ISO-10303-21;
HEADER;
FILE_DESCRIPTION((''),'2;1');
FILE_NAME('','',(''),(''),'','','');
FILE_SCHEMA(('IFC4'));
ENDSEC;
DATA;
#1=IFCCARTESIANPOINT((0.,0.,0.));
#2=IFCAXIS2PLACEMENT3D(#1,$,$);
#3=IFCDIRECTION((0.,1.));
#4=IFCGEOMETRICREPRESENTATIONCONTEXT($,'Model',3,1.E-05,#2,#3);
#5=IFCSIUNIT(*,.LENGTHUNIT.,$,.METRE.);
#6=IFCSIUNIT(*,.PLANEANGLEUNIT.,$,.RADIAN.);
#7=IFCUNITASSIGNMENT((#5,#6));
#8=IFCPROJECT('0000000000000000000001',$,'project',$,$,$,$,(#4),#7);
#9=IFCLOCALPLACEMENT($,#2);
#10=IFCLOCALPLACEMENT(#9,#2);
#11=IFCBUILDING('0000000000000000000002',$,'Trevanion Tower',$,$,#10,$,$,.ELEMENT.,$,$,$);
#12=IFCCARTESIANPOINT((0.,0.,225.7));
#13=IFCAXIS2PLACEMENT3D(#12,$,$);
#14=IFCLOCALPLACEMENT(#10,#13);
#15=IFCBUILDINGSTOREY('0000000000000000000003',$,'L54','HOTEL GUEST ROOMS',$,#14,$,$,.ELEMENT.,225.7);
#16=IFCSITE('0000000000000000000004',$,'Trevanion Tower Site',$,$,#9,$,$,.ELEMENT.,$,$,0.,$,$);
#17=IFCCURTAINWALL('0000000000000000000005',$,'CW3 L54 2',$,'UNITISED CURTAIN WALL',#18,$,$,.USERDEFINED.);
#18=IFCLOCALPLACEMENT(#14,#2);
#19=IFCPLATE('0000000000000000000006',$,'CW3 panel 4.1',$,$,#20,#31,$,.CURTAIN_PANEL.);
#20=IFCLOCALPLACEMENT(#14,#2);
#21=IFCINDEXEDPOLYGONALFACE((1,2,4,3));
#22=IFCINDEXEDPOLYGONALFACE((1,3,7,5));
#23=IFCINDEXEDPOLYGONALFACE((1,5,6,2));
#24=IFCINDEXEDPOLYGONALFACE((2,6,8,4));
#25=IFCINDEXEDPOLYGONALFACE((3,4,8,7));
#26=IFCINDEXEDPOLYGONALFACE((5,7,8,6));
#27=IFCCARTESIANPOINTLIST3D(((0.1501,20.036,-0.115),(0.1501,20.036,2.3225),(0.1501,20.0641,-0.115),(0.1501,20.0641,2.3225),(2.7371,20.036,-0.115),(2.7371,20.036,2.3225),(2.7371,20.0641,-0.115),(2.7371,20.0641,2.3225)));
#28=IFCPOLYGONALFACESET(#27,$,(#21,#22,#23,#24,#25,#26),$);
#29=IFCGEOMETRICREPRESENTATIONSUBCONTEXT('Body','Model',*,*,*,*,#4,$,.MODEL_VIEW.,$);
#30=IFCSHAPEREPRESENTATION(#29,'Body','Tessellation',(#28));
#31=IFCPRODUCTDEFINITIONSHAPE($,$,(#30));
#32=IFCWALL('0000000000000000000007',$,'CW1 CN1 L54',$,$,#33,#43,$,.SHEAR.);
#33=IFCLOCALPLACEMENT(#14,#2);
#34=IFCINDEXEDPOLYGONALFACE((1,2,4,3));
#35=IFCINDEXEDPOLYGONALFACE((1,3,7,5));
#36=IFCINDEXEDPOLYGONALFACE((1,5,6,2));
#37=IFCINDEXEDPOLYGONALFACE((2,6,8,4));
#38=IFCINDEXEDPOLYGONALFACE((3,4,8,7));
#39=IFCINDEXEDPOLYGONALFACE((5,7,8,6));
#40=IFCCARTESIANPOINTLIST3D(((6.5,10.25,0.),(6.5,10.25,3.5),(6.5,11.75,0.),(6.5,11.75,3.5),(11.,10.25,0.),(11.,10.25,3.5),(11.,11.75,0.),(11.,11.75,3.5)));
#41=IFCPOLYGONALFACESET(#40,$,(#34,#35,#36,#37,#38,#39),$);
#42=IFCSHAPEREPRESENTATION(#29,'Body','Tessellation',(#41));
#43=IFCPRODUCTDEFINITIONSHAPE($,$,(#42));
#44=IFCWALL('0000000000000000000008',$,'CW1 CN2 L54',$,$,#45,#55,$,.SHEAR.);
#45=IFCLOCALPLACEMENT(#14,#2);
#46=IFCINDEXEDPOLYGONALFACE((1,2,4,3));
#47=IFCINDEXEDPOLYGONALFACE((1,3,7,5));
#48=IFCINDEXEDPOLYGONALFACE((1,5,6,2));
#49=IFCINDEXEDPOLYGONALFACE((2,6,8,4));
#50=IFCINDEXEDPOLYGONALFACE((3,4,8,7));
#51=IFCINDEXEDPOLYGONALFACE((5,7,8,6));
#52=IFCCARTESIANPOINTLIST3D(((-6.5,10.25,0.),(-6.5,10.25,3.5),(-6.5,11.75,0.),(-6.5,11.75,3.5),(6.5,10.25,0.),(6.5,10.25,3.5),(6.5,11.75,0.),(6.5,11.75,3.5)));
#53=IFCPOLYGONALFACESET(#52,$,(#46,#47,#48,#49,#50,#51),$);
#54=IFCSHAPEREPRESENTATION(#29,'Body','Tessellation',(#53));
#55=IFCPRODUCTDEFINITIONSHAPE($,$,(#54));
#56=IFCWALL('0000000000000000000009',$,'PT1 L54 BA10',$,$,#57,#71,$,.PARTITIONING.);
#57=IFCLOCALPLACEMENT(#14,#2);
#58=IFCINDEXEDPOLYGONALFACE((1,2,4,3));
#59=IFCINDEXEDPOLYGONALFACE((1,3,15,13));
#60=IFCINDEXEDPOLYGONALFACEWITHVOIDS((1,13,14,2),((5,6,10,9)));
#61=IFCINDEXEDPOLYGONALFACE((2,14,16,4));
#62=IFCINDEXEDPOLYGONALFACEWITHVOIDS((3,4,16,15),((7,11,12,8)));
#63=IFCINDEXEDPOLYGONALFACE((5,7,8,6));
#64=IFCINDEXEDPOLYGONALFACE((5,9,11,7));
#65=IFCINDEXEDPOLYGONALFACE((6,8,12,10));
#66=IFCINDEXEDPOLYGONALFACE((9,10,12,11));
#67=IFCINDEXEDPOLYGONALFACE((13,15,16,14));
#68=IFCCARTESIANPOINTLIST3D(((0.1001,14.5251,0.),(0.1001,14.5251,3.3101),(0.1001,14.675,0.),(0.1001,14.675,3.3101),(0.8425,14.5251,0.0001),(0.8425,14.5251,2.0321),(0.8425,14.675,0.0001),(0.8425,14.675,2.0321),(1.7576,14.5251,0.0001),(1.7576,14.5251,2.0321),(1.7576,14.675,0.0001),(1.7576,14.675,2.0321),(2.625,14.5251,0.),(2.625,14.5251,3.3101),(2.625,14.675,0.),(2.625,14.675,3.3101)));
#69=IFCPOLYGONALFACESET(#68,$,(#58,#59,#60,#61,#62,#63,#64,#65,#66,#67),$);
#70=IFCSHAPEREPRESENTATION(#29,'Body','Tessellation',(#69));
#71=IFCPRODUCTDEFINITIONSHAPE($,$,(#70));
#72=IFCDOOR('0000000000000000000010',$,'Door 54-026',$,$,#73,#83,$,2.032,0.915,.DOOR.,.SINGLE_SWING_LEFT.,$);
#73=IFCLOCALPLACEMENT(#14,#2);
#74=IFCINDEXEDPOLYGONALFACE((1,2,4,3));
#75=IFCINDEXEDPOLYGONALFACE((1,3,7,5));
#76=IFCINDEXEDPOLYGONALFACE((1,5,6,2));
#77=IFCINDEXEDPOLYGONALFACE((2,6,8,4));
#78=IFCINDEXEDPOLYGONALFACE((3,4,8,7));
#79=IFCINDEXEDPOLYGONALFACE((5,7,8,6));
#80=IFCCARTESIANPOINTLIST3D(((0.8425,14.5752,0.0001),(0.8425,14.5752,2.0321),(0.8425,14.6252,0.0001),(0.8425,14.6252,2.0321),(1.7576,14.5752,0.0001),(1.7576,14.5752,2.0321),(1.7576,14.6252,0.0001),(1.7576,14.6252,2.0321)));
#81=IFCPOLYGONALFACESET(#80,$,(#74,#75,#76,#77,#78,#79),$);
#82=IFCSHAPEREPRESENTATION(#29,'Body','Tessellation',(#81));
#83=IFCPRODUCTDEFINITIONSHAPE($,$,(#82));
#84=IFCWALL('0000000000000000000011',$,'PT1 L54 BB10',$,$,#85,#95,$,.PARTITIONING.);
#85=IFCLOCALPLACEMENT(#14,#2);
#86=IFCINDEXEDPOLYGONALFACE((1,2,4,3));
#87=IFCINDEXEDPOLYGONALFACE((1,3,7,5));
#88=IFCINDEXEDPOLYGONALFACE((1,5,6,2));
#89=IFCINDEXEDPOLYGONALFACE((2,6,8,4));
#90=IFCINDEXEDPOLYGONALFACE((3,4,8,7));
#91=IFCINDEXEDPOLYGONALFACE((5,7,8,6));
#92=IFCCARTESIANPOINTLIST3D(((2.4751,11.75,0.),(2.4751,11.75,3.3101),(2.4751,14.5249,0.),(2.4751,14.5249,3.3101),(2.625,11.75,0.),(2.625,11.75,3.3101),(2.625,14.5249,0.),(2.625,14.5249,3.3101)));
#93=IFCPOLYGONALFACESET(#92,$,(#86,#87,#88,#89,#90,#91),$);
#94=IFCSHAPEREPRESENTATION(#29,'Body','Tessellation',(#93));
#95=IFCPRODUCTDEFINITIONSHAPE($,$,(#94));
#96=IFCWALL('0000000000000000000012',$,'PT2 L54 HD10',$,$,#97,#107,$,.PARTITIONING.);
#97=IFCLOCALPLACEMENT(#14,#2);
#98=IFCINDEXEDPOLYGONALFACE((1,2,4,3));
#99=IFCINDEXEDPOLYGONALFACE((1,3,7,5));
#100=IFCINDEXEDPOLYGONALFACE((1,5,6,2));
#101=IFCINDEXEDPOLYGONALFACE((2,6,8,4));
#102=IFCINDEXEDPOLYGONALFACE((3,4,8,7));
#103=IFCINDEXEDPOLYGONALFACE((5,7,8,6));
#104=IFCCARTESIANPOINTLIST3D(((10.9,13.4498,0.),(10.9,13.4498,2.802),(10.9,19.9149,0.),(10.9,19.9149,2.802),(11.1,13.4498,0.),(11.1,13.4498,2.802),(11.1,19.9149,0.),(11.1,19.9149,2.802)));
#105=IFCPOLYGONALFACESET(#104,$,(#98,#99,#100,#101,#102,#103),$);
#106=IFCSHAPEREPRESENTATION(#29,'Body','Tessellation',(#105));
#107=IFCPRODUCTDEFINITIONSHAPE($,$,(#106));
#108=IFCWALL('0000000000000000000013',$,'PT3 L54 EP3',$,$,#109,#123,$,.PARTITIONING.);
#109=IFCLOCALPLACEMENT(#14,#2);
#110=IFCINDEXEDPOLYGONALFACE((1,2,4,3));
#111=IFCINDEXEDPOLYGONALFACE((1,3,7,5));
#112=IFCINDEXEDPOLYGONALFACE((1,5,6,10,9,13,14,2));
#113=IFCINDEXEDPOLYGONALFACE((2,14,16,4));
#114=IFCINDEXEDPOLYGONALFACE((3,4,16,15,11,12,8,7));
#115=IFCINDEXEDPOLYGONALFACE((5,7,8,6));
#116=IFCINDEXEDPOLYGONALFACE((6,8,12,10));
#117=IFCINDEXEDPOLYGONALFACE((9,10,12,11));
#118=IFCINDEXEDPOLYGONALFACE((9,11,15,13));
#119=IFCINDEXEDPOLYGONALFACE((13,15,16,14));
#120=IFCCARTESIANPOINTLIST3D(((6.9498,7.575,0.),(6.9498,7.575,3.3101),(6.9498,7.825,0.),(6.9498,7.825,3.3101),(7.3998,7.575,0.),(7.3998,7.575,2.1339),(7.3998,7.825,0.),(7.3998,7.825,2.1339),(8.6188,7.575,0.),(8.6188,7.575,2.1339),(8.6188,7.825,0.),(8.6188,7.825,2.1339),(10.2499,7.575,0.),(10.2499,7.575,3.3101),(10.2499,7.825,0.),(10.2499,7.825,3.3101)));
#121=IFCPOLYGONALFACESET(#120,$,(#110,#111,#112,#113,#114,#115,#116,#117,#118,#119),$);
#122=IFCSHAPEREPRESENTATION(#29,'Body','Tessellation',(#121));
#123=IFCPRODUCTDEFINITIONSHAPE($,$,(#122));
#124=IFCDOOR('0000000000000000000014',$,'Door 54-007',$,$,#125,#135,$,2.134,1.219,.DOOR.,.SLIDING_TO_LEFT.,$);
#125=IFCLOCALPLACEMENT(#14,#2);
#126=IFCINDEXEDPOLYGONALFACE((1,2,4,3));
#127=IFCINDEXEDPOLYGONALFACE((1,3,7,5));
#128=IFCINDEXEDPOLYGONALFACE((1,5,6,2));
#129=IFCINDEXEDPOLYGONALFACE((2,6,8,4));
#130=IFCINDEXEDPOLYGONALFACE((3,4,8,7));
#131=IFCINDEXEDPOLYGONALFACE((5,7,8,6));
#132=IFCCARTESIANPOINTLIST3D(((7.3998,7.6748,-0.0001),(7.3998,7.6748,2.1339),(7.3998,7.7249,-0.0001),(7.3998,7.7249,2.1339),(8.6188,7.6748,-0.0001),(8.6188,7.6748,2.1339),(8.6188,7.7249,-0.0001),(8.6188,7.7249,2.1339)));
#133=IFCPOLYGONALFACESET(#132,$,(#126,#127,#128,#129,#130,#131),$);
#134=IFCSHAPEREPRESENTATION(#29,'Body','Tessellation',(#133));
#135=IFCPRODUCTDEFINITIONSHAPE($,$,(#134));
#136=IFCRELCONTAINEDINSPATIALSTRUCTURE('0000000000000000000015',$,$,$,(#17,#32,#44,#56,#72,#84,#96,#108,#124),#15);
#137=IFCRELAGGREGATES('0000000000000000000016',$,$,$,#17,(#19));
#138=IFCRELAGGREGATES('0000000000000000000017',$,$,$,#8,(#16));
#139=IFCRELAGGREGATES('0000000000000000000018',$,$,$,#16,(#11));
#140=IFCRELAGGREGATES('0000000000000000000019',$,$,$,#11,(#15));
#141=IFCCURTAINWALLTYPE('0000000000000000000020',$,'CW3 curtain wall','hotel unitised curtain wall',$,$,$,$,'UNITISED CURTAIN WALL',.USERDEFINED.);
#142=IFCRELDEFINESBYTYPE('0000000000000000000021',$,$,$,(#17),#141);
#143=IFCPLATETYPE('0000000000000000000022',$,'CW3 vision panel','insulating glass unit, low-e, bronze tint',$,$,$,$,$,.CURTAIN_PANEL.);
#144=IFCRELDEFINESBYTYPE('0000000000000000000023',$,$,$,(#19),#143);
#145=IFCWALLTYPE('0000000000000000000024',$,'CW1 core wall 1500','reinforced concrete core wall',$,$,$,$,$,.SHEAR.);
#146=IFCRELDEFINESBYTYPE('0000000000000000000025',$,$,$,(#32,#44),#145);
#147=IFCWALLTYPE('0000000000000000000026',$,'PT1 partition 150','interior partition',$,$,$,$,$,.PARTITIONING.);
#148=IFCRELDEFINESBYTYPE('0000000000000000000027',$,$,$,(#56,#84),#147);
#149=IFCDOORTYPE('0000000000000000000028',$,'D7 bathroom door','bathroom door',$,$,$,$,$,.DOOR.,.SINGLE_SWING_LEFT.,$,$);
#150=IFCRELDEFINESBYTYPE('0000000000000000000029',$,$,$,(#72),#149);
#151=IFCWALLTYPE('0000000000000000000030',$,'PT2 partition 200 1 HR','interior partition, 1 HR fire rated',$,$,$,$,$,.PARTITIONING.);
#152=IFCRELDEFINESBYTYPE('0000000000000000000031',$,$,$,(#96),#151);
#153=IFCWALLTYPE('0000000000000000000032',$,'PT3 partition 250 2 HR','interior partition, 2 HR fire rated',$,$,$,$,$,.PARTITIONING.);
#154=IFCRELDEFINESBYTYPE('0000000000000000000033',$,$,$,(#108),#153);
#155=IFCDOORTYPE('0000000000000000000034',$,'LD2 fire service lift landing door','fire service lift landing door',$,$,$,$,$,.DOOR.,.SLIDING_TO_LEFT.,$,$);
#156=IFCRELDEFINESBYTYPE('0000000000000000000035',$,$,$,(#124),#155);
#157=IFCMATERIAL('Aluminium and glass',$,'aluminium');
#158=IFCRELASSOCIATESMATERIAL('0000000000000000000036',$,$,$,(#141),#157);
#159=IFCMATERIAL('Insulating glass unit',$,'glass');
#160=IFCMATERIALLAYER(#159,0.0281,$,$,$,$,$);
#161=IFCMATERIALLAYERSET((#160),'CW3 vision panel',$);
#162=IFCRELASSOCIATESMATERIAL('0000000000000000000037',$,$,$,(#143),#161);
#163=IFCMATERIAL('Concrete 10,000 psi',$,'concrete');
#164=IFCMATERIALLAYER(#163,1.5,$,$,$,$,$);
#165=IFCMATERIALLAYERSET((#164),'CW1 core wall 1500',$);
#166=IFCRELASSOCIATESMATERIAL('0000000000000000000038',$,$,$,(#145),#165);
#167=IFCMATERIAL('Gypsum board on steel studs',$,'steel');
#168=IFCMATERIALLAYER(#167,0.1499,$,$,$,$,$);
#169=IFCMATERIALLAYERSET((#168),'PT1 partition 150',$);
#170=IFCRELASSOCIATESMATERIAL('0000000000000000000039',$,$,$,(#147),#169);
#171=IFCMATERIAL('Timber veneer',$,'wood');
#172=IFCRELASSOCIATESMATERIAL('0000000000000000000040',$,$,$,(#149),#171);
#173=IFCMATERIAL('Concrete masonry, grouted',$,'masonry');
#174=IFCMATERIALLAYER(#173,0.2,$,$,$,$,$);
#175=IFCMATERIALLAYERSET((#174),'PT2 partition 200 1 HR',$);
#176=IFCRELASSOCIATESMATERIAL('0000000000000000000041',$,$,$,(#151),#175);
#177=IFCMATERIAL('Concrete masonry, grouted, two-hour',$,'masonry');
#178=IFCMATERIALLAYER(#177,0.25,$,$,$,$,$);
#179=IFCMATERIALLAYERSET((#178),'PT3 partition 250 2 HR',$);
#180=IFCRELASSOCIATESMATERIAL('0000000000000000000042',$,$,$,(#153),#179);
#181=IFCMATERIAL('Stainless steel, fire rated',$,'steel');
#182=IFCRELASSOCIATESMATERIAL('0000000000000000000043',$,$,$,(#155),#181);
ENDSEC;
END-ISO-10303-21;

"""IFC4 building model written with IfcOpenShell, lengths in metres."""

from ifc_helpers import new_model, si_unit, direction, frame, frame_2d, origin, origin_2d, place, context, subcontext, project, spatial, rectangle, extrude, material, layer, layer_set, type_object, element, fill, aggregate, save


model = new_model("IFC4")

# Units and contexts
model_context = context("Model", 3, precision=1e-05, world=origin(), true_north=direction((0.0, 1.0)))
body_context = subcontext(model_context, "Body", "Model", "MODEL_VIEW")
ifc_project = project(units=[si_unit("LENGTHUNIT", "METRE"), si_unit("PLANEANGLEUNIT", "RADIAN")], contexts=[model_context])

# Site, building, storey
site_placement = place(None, origin())
site = spatial("IfcSite", under=ifc_project, at=site_placement, Name="Trevanion Tower Site", CompositionType="ELEMENT", RefElevation=0.0)
building_placement = place(site_placement, origin())
building = spatial("IfcBuilding", under=site, at=building_placement, Name="Trevanion Tower", CompositionType="ELEMENT")
storey_placement = place(building_placement, frame((0.0, 0.0, 225.7)))
storey = spatial("IfcBuildingStorey", under=building, at=storey_placement, Name="L54", Description="HOTEL GUEST ROOMS", CompositionType="ELEMENT", Elevation=225.7)

# Curtain wall
ifc_material_1 = material(Name="Aluminium and glass", Category="aluminium")
curtain_wall_type = type_object("IfcCurtainWallType", Name="CW3 curtain wall", Description="hotel unitised curtain wall", ElementType="UNITISED CURTAIN WALL", PredefinedType="USERDEFINED", material=ifc_material_1)
curtain_wall_placement = place(storey_placement, origin())
curtain_wall = element("IfcCurtainWall", 1, at=curtain_wall_placement, inside=storey, type_object=curtain_wall_type, Name="CW3 L54 2", ObjectType="UNITISED CURTAIN WALL", PredefinedType="USERDEFINED")

# Plate
ifc_material_2 = material(Name="Insulating glass unit", Category="glass")
ifc_layer_1 = layer(ifc_material_2, 0.0281)
ifc_layer_set_1 = layer_set([ifc_layer_1], Name="CW3 vision panel")
plate_type_1 = type_object("IfcPlateType", Name="CW3 vision panel", Description="insulating glass unit, low-e, bronze tint", PredefinedType="CURTAIN_PANEL", material=ifc_layer_set_1)
plate_1_placement = place(storey_placement, frame((1.4436, 20.05, -0.115), z_axis=(0.0, 0.0, 1.0), x_axis=(-1.0, 0.0, 0.0)))
plate_1 = element("IfcPlate", 2, at=plate_1_placement, type_object=plate_type_1, Name="CW3 panel 4.1", PredefinedType="CURTAIN_PANEL", context=body_context, shape_type="SweptSolid", body=[
    extrude(rectangle(XDim=2.5869, YDim=0.0281, at=origin_2d()), origin(), (0.0, 0.0, 1.0), 2.4375),
])
aggregate(curtain_wall, [plate_1])

# Walls
ifc_material_3 = material(Name="Concrete 10,000 psi", Category="concrete")
ifc_layer_2 = layer(ifc_material_3, 1.5)
ifc_layer_set_2 = layer_set([ifc_layer_2], Name="CW1 core wall 1500")
wall_type_1 = type_object("IfcWallType", Name="CW1 core wall 1500", Description="reinforced concrete core wall", PredefinedType="SHEAR", material=ifc_layer_set_2)
wall_1_placement = place(storey_placement, frame((11.0, 11.0, 0.0), z_axis=(0.0, 0.0, 1.0), x_axis=(-1.0, 0.0, 0.0)))
element("IfcWall", 3, at=wall_1_placement, inside=storey, type_object=wall_type_1, Name="CW1 CN1 L54", PredefinedType="SHEAR", context=body_context, shape_type="SweptSolid", body=[
    extrude(rectangle(XDim=4.5, YDim=1.5, at=frame_2d((2.25, 0.0))), origin(), (0.0, 0.0, 1.0), 3.5),
])
wall_2_placement = place(storey_placement, frame((6.5, 11.0, 0.0), z_axis=(0.0, 0.0, 1.0), x_axis=(-1.0, 0.0, 0.0)))
element("IfcWall", 4, at=wall_2_placement, inside=storey, type_object=wall_type_1, Name="CW1 CN2 L54", PredefinedType="SHEAR", context=body_context, shape_type="SweptSolid", body=[
    extrude(rectangle(XDim=13.0, YDim=1.5, at=frame_2d((6.5, 0.0))), origin(), (0.0, 0.0, 1.0), 3.5),
])

# Wall, opening, door
ifc_material_4 = material(Name="Gypsum board on steel studs", Category="steel")
ifc_layer_3 = layer(ifc_material_4, 0.1499)
ifc_layer_set_3 = layer_set([ifc_layer_3], Name="PT1 partition 150")
wall_type_2 = type_object("IfcWallType", Name="PT1 partition 150", Description="interior partition", PredefinedType="PARTITIONING", material=ifc_layer_set_3)
wall_3_placement = place(storey_placement, frame((2.625, 14.6001, 0.0), z_axis=(0.0, 0.0, 1.0), x_axis=(-1.0, 0.0, 0.0)))
wall_3 = element("IfcWall", 5, at=wall_3_placement, inside=storey, type_object=wall_type_2, Name="PT1 L54 BA10", PredefinedType="PARTITIONING", context=body_context, shape_type="SweptSolid", body=[
    extrude(rectangle(XDim=2.5249, YDim=0.1499, at=frame_2d((1.2625, 0.0))), origin(), (0.0, 0.0, 1.0), 3.3101),
])
opening_1_placement = place(wall_3_placement, frame((0.8674, 0.0, 0.0)))
opening_1 = element("IfcOpeningElement", 6, at=opening_1_placement, cuts=wall_3, PredefinedType="OPENING", context=body_context, shape_type="SweptSolid", body=[
    extrude(rectangle(XDim=0.915, YDim=2.032, at=frame_2d((0.4575, 1.0161))), frame((0.0, 0.085, 0.0), z_axis=(0.0, -1.0, 0.0), x_axis=(1.0, 0.0, 0.0)), (0.0, 0.0, 1.0), 0.1699),
])
ifc_material_5 = material(Name="Timber veneer", Category="wood")
door_type_1 = type_object("IfcDoorType", Name="D7 bathroom door", Description="bathroom door", OperationType="SINGLE_SWING_LEFT", PredefinedType="DOOR", material=ifc_material_5)
door_1_placement = place(opening_1_placement, origin())
door_1 = element("IfcDoor", 7, at=door_1_placement, inside=storey, type_object=door_type_1, Name="Door 54-026", OperationType="SINGLE_SWING_LEFT", OverallHeight=2.032, OverallWidth=0.915, PredefinedType="DOOR", context=body_context, shape_type="SweptSolid", body=[
    extrude(rectangle(XDim=0.915, YDim=2.032, at=frame_2d((0.4575, 1.0161))), frame((0.0, 0.0249, 0.0), z_axis=(0.0, -1.0, 0.0), x_axis=(1.0, 0.0, 0.0)), (0.0, 0.0, 1.0), 0.05),
])
fill(opening_1, door_1)

# Walls
wall_4_placement = place(storey_placement, frame((2.55, 11.75, 0.0), z_axis=(0.0, 0.0, 1.0), x_axis=(0.0, 1.0, 0.0)))
element("IfcWall", 8, at=wall_4_placement, inside=storey, type_object=wall_type_2, Name="PT1 L54 BB10", PredefinedType="PARTITIONING", context=body_context, shape_type="SweptSolid", body=[
    extrude(rectangle(XDim=2.7749, YDim=0.1499, at=frame_2d((1.3875, 0.0))), origin(), (0.0, 0.0, 1.0), 3.3101),
])
ifc_material_6 = material(Name="Concrete masonry, grouted", Category="masonry")
ifc_layer_4 = layer(ifc_material_6, 0.2)
ifc_layer_set_4 = layer_set([ifc_layer_4], Name="PT2 partition 200 1 HR")
wall_type_3 = type_object("IfcWallType", Name="PT2 partition 200 1 HR", Description="interior partition, 1 HR fire rated", PredefinedType="PARTITIONING", material=ifc_layer_set_4)
wall_5_placement = place(storey_placement, frame((11.0, 13.45, 0.0), z_axis=(0.0, 0.0, 1.0), x_axis=(0.0, 1.0, 0.0)))
element("IfcWall", 9, at=wall_5_placement, inside=storey, type_object=wall_type_3, Name="PT2 L54 HD10", PredefinedType="PARTITIONING", context=body_context, shape_type="SweptSolid", body=[
    extrude(rectangle(XDim=6.4651, YDim=0.2, at=frame_2d((3.2324, 0.0))), origin(), (0.0, 0.0, 1.0), 2.802),
])

# Wall, opening, door
ifc_material_7 = material(Name="Concrete masonry, grouted, two-hour", Category="masonry")
ifc_layer_5 = layer(ifc_material_7, 0.25)
ifc_layer_set_5 = layer_set([ifc_layer_5], Name="PT3 partition 250 2 HR")
wall_type_4 = type_object("IfcWallType", Name="PT3 partition 250 2 HR", Description="interior partition, 2 HR fire rated", PredefinedType="PARTITIONING", material=ifc_layer_set_5)
wall_6_placement = place(storey_placement, frame((6.95, 7.7, 0.0), z_axis=(0.0, 0.0, 1.0), x_axis=(1.0, 0.0, 0.0)))
wall_6 = element("IfcWall", 10, at=wall_6_placement, inside=storey, type_object=wall_type_4, Name="PT3 L54 EP3", PredefinedType="PARTITIONING", context=body_context, shape_type="SweptSolid", body=[
    extrude(rectangle(XDim=3.3, YDim=0.25, at=frame_2d((1.6499, 0.0))), origin(), (0.0, 0.0, 1.0), 3.3101),
])
opening_2_placement = place(wall_6_placement, frame((0.45, 0.0, 0.0)))
opening_2 = element("IfcOpeningElement", 11, at=opening_2_placement, cuts=wall_6, PredefinedType="OPENING", context=body_context, shape_type="SweptSolid", body=[
    extrude(rectangle(XDim=1.219, YDim=2.134, at=frame_2d((0.6094, 1.0669))), frame((0.0, 0.135, 0.0), z_axis=(0.0, -1.0, 0.0), x_axis=(1.0, 0.0, 0.0)), (0.0, 0.0, 1.0), 0.27),
])
ifc_material_8 = material(Name="Stainless steel, fire rated", Category="steel")
door_type_2 = type_object("IfcDoorType", Name="LD2 fire service lift landing door", Description="fire service lift landing door", OperationType="SLIDING_TO_LEFT", PredefinedType="DOOR", material=ifc_material_8)
door_2_placement = place(opening_2_placement, origin())
door_2 = element("IfcDoor", 12, at=door_2_placement, inside=storey, type_object=door_type_2, Name="Door 54-007", OperationType="SLIDING_TO_LEFT", OverallHeight=2.134, OverallWidth=1.219, PredefinedType="DOOR", context=body_context, shape_type="SweptSolid", body=[
    extrude(rectangle(XDim=1.219, YDim=2.134, at=frame_2d((0.6094, 1.0669))), frame((0.0, 0.0249, 0.0), z_axis=(0.0, -1.0, 0.0), x_axis=(1.0, 0.0, 0.0)), (0.0, 0.0, 1.0), 0.05),
])
fill(opening_2, door_2)

save(model, "model.ifc")
